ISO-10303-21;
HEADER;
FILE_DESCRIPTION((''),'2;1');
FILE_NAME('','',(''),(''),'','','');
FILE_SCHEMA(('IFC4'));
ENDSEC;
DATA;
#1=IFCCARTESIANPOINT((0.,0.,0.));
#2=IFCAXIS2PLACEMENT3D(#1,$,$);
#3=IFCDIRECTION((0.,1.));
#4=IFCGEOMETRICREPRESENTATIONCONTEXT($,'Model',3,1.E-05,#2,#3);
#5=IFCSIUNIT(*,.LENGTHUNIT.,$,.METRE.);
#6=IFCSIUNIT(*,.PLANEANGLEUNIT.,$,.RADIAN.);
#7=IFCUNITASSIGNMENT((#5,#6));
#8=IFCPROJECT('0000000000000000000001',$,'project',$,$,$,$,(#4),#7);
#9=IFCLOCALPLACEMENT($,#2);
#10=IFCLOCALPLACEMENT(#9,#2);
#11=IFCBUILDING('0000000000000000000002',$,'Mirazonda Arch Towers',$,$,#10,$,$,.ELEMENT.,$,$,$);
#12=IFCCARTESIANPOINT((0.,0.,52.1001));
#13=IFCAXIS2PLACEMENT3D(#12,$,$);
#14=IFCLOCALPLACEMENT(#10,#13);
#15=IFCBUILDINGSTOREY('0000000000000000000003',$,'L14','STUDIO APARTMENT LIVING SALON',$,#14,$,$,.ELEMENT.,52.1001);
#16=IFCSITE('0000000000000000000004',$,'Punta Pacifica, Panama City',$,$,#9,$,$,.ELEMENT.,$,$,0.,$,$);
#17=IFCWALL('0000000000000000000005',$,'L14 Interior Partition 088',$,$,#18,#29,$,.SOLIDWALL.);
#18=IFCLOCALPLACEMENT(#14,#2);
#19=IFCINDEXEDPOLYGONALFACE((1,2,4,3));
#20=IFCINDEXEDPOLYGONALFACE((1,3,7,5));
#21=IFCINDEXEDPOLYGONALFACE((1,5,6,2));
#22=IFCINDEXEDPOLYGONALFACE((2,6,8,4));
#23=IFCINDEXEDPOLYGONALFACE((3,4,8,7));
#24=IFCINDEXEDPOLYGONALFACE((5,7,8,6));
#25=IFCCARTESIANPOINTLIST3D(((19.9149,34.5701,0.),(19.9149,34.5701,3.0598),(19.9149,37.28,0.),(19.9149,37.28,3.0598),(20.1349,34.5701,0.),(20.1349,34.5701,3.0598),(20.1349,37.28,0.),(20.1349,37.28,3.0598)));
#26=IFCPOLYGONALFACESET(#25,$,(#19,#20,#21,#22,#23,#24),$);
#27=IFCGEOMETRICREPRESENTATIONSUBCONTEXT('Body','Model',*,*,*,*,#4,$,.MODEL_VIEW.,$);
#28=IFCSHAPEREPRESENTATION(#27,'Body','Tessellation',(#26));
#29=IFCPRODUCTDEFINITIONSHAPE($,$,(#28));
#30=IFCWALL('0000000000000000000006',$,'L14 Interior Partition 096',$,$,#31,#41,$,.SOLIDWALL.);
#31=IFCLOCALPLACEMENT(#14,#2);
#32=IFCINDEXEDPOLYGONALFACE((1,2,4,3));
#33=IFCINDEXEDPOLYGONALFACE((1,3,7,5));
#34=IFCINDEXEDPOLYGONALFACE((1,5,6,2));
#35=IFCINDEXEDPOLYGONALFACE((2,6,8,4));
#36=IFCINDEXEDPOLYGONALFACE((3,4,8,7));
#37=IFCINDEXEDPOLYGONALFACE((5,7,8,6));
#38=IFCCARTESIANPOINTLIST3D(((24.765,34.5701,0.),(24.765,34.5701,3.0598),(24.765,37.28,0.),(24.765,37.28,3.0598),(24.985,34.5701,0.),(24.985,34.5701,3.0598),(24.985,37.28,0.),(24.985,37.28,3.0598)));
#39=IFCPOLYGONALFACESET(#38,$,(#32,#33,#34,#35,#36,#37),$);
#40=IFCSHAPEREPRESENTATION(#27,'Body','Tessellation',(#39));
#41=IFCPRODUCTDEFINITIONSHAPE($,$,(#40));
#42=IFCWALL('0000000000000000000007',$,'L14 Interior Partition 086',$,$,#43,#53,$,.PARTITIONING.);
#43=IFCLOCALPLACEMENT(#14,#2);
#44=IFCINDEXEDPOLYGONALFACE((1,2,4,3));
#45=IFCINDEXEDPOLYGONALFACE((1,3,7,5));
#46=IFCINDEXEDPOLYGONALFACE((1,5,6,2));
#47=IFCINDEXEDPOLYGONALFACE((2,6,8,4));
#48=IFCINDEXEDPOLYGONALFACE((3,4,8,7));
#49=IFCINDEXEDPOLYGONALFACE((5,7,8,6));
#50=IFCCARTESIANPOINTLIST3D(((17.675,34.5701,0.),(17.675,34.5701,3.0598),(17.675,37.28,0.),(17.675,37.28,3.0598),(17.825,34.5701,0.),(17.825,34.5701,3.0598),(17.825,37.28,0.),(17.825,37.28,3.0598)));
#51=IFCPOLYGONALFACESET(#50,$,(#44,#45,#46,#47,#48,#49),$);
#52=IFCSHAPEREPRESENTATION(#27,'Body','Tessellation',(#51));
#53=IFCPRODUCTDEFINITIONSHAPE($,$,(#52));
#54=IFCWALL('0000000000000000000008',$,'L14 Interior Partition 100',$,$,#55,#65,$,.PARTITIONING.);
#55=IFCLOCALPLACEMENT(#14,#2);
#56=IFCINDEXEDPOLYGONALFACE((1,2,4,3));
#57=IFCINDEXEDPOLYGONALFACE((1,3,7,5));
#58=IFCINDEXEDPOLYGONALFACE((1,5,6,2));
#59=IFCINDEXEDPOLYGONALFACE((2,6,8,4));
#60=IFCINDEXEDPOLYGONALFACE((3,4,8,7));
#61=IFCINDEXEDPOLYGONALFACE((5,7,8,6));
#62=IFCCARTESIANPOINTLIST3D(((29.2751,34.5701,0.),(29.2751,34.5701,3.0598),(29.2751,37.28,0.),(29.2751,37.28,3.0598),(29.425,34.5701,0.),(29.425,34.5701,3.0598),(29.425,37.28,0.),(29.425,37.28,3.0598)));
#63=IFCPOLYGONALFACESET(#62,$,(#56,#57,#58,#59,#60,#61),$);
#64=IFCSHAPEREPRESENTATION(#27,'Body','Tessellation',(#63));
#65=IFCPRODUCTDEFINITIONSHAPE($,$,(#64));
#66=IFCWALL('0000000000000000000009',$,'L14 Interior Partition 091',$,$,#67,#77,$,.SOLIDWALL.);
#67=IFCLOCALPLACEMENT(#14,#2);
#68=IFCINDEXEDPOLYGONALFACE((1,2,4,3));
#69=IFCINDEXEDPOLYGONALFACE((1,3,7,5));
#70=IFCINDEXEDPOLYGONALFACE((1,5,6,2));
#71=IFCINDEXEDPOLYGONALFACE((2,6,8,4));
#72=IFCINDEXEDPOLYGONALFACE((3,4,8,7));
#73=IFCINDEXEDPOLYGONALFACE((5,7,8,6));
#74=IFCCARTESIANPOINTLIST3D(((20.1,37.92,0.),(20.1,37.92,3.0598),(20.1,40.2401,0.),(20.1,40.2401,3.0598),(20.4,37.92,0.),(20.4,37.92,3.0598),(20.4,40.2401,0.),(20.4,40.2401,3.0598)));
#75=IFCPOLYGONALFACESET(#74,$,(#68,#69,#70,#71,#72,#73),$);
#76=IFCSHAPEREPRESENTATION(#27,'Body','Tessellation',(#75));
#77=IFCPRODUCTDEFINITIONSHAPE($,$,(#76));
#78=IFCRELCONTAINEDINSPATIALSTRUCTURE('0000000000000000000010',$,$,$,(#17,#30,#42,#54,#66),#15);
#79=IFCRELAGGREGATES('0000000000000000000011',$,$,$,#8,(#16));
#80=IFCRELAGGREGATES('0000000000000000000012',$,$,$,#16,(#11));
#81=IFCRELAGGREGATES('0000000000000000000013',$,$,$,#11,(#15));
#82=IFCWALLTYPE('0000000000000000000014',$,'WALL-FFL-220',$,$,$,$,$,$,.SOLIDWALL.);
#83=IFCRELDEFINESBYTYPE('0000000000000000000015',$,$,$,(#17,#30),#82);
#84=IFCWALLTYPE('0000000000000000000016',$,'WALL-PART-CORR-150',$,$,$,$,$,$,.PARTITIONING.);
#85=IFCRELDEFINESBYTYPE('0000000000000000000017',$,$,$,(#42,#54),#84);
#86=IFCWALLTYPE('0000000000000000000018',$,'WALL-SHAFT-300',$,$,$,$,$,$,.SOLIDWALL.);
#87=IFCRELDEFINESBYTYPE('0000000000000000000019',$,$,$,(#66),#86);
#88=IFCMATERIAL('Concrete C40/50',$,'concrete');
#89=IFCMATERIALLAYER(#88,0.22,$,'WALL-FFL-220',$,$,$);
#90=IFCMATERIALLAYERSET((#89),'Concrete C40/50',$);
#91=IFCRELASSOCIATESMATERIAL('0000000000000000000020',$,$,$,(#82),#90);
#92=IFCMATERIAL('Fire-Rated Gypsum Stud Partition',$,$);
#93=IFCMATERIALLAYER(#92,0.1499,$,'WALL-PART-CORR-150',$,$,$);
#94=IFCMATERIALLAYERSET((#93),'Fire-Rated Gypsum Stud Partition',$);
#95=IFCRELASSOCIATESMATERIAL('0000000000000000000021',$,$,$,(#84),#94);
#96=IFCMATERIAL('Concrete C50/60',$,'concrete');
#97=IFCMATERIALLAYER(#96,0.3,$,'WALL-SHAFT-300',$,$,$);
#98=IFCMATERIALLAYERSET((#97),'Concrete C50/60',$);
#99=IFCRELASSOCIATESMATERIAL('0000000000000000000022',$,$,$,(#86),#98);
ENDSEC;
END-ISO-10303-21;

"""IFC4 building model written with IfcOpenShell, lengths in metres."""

from ifc_helpers import new_model, si_unit, direction, frame, frame_2d, origin, place, context, subcontext, project, spatial, rectangle, extrude, material, layer, layer_set, type_object, element, save


model = new_model("IFC4")

# Units and contexts
model_context = context("Model", 3, precision=1e-05, world=origin(), true_north=direction((0.0, 1.0)))
body_context = subcontext(model_context, "Body", "Model", "MODEL_VIEW")
ifc_project = project(units=[si_unit("LENGTHUNIT", "METRE"), si_unit("PLANEANGLEUNIT", "RADIAN")], contexts=[model_context])

# Site, building, storey
site_placement = place(None, origin())
site = spatial("IfcSite", under=ifc_project, at=site_placement, Name="Punta Pacifica, Panama City", CompositionType="ELEMENT", RefElevation=0.0)
building_placement = place(site_placement, origin())
building = spatial("IfcBuilding", under=site, at=building_placement, Name="Mirazonda Arch Towers", CompositionType="ELEMENT")
storey_placement = place(building_placement, frame((0.0, 0.0, 52.1001)))
storey = spatial("IfcBuildingStorey", under=building, at=storey_placement, Name="L14", Description="STUDIO APARTMENT LIVING SALON", CompositionType="ELEMENT", Elevation=52.1001)

# Walls
ifc_material_1 = material(Name="Concrete C40/50", Category="concrete")
ifc_layer_1 = layer(ifc_material_1, 0.22, Name="WALL-FFL-220")
ifc_layer_set_1 = layer_set([ifc_layer_1], Name="Concrete C40/50")
wall_type_1 = type_object("IfcWallType", Name="WALL-FFL-220", PredefinedType="SOLIDWALL", material=ifc_layer_set_1)
for number, where, z_axis, x_axis, name in (
    (1, (20.0249, 34.5701, 0.0), (0.0, 0.0, 1.0), (0.0, 1.0, 0.0), "L14 Interior Partition 088"),
    (2, (24.875, 34.5701, 0.0), (0.0, 0.0, 1.0), (0.0, 1.0, 0.0), "L14 Interior Partition 096"),
):
    element("IfcWall", number, at=place(storey_placement, frame(where, z_axis=z_axis, x_axis=x_axis)), inside=storey, type_object=wall_type_1, Name=name, PredefinedType="SOLIDWALL", context=body_context, shape_type="SweptSolid", body=[
        extrude(rectangle(XDim=2.71, YDim=0.22, at=frame_2d((1.355, 0.0))), origin(), (0.0, 0.0, 1.0), 3.0598),
    ])
ifc_material_2 = material(Name="Fire-Rated Gypsum Stud Partition")
ifc_layer_2 = layer(ifc_material_2, 0.1499, Name="WALL-PART-CORR-150")
ifc_layer_set_2 = layer_set([ifc_layer_2], Name="Fire-Rated Gypsum Stud Partition")
wall_type_2 = type_object("IfcWallType", Name="WALL-PART-CORR-150", PredefinedType="PARTITIONING", material=ifc_layer_set_2)
for number, where, z_axis, x_axis, name in (
    (3, (17.75, 34.5701, 0.0), (0.0, 0.0, 1.0), (0.0, 1.0, 0.0), "L14 Interior Partition 086"),
    (4, (29.3501, 34.5701, 0.0), (0.0, 0.0, 1.0), (0.0, 1.0, 0.0), "L14 Interior Partition 100"),
):
    element("IfcWall", number, at=place(storey_placement, frame(where, z_axis=z_axis, x_axis=x_axis)), inside=storey, type_object=wall_type_2, Name=name, PredefinedType="PARTITIONING", context=body_context, shape_type="SweptSolid", body=[
        extrude(rectangle(XDim=2.71, YDim=0.1499, at=frame_2d((1.355, 0.0))), origin(), (0.0, 0.0, 1.0), 3.0598),
    ])
ifc_material_3 = material(Name="Concrete C50/60", Category="concrete")
ifc_layer_3 = layer(ifc_material_3, 0.3, Name="WALL-SHAFT-300")
ifc_layer_set_3 = layer_set([ifc_layer_3], Name="Concrete C50/60")
wall_type_3 = type_object("IfcWallType", Name="WALL-SHAFT-300", PredefinedType="SOLIDWALL", material=ifc_layer_set_3)
wall_1_placement = place(storey_placement, frame((20.25, 37.9199, 0.0), z_axis=(0.0, 0.0, 1.0), x_axis=(0.0, 1.0, 0.0)))
element("IfcWall", 5, at=wall_1_placement, inside=storey, type_object=wall_type_3, Name="L14 Interior Partition 091", PredefinedType="SOLIDWALL", context=body_context, shape_type="SweptSolid", body=[
    extrude(rectangle(XDim=2.3201, YDim=0.3, at=frame_2d((1.1602, 0.0))), origin(), (0.0, 0.0, 1.0), 3.0598),
])

save(model, "model.ifc")
